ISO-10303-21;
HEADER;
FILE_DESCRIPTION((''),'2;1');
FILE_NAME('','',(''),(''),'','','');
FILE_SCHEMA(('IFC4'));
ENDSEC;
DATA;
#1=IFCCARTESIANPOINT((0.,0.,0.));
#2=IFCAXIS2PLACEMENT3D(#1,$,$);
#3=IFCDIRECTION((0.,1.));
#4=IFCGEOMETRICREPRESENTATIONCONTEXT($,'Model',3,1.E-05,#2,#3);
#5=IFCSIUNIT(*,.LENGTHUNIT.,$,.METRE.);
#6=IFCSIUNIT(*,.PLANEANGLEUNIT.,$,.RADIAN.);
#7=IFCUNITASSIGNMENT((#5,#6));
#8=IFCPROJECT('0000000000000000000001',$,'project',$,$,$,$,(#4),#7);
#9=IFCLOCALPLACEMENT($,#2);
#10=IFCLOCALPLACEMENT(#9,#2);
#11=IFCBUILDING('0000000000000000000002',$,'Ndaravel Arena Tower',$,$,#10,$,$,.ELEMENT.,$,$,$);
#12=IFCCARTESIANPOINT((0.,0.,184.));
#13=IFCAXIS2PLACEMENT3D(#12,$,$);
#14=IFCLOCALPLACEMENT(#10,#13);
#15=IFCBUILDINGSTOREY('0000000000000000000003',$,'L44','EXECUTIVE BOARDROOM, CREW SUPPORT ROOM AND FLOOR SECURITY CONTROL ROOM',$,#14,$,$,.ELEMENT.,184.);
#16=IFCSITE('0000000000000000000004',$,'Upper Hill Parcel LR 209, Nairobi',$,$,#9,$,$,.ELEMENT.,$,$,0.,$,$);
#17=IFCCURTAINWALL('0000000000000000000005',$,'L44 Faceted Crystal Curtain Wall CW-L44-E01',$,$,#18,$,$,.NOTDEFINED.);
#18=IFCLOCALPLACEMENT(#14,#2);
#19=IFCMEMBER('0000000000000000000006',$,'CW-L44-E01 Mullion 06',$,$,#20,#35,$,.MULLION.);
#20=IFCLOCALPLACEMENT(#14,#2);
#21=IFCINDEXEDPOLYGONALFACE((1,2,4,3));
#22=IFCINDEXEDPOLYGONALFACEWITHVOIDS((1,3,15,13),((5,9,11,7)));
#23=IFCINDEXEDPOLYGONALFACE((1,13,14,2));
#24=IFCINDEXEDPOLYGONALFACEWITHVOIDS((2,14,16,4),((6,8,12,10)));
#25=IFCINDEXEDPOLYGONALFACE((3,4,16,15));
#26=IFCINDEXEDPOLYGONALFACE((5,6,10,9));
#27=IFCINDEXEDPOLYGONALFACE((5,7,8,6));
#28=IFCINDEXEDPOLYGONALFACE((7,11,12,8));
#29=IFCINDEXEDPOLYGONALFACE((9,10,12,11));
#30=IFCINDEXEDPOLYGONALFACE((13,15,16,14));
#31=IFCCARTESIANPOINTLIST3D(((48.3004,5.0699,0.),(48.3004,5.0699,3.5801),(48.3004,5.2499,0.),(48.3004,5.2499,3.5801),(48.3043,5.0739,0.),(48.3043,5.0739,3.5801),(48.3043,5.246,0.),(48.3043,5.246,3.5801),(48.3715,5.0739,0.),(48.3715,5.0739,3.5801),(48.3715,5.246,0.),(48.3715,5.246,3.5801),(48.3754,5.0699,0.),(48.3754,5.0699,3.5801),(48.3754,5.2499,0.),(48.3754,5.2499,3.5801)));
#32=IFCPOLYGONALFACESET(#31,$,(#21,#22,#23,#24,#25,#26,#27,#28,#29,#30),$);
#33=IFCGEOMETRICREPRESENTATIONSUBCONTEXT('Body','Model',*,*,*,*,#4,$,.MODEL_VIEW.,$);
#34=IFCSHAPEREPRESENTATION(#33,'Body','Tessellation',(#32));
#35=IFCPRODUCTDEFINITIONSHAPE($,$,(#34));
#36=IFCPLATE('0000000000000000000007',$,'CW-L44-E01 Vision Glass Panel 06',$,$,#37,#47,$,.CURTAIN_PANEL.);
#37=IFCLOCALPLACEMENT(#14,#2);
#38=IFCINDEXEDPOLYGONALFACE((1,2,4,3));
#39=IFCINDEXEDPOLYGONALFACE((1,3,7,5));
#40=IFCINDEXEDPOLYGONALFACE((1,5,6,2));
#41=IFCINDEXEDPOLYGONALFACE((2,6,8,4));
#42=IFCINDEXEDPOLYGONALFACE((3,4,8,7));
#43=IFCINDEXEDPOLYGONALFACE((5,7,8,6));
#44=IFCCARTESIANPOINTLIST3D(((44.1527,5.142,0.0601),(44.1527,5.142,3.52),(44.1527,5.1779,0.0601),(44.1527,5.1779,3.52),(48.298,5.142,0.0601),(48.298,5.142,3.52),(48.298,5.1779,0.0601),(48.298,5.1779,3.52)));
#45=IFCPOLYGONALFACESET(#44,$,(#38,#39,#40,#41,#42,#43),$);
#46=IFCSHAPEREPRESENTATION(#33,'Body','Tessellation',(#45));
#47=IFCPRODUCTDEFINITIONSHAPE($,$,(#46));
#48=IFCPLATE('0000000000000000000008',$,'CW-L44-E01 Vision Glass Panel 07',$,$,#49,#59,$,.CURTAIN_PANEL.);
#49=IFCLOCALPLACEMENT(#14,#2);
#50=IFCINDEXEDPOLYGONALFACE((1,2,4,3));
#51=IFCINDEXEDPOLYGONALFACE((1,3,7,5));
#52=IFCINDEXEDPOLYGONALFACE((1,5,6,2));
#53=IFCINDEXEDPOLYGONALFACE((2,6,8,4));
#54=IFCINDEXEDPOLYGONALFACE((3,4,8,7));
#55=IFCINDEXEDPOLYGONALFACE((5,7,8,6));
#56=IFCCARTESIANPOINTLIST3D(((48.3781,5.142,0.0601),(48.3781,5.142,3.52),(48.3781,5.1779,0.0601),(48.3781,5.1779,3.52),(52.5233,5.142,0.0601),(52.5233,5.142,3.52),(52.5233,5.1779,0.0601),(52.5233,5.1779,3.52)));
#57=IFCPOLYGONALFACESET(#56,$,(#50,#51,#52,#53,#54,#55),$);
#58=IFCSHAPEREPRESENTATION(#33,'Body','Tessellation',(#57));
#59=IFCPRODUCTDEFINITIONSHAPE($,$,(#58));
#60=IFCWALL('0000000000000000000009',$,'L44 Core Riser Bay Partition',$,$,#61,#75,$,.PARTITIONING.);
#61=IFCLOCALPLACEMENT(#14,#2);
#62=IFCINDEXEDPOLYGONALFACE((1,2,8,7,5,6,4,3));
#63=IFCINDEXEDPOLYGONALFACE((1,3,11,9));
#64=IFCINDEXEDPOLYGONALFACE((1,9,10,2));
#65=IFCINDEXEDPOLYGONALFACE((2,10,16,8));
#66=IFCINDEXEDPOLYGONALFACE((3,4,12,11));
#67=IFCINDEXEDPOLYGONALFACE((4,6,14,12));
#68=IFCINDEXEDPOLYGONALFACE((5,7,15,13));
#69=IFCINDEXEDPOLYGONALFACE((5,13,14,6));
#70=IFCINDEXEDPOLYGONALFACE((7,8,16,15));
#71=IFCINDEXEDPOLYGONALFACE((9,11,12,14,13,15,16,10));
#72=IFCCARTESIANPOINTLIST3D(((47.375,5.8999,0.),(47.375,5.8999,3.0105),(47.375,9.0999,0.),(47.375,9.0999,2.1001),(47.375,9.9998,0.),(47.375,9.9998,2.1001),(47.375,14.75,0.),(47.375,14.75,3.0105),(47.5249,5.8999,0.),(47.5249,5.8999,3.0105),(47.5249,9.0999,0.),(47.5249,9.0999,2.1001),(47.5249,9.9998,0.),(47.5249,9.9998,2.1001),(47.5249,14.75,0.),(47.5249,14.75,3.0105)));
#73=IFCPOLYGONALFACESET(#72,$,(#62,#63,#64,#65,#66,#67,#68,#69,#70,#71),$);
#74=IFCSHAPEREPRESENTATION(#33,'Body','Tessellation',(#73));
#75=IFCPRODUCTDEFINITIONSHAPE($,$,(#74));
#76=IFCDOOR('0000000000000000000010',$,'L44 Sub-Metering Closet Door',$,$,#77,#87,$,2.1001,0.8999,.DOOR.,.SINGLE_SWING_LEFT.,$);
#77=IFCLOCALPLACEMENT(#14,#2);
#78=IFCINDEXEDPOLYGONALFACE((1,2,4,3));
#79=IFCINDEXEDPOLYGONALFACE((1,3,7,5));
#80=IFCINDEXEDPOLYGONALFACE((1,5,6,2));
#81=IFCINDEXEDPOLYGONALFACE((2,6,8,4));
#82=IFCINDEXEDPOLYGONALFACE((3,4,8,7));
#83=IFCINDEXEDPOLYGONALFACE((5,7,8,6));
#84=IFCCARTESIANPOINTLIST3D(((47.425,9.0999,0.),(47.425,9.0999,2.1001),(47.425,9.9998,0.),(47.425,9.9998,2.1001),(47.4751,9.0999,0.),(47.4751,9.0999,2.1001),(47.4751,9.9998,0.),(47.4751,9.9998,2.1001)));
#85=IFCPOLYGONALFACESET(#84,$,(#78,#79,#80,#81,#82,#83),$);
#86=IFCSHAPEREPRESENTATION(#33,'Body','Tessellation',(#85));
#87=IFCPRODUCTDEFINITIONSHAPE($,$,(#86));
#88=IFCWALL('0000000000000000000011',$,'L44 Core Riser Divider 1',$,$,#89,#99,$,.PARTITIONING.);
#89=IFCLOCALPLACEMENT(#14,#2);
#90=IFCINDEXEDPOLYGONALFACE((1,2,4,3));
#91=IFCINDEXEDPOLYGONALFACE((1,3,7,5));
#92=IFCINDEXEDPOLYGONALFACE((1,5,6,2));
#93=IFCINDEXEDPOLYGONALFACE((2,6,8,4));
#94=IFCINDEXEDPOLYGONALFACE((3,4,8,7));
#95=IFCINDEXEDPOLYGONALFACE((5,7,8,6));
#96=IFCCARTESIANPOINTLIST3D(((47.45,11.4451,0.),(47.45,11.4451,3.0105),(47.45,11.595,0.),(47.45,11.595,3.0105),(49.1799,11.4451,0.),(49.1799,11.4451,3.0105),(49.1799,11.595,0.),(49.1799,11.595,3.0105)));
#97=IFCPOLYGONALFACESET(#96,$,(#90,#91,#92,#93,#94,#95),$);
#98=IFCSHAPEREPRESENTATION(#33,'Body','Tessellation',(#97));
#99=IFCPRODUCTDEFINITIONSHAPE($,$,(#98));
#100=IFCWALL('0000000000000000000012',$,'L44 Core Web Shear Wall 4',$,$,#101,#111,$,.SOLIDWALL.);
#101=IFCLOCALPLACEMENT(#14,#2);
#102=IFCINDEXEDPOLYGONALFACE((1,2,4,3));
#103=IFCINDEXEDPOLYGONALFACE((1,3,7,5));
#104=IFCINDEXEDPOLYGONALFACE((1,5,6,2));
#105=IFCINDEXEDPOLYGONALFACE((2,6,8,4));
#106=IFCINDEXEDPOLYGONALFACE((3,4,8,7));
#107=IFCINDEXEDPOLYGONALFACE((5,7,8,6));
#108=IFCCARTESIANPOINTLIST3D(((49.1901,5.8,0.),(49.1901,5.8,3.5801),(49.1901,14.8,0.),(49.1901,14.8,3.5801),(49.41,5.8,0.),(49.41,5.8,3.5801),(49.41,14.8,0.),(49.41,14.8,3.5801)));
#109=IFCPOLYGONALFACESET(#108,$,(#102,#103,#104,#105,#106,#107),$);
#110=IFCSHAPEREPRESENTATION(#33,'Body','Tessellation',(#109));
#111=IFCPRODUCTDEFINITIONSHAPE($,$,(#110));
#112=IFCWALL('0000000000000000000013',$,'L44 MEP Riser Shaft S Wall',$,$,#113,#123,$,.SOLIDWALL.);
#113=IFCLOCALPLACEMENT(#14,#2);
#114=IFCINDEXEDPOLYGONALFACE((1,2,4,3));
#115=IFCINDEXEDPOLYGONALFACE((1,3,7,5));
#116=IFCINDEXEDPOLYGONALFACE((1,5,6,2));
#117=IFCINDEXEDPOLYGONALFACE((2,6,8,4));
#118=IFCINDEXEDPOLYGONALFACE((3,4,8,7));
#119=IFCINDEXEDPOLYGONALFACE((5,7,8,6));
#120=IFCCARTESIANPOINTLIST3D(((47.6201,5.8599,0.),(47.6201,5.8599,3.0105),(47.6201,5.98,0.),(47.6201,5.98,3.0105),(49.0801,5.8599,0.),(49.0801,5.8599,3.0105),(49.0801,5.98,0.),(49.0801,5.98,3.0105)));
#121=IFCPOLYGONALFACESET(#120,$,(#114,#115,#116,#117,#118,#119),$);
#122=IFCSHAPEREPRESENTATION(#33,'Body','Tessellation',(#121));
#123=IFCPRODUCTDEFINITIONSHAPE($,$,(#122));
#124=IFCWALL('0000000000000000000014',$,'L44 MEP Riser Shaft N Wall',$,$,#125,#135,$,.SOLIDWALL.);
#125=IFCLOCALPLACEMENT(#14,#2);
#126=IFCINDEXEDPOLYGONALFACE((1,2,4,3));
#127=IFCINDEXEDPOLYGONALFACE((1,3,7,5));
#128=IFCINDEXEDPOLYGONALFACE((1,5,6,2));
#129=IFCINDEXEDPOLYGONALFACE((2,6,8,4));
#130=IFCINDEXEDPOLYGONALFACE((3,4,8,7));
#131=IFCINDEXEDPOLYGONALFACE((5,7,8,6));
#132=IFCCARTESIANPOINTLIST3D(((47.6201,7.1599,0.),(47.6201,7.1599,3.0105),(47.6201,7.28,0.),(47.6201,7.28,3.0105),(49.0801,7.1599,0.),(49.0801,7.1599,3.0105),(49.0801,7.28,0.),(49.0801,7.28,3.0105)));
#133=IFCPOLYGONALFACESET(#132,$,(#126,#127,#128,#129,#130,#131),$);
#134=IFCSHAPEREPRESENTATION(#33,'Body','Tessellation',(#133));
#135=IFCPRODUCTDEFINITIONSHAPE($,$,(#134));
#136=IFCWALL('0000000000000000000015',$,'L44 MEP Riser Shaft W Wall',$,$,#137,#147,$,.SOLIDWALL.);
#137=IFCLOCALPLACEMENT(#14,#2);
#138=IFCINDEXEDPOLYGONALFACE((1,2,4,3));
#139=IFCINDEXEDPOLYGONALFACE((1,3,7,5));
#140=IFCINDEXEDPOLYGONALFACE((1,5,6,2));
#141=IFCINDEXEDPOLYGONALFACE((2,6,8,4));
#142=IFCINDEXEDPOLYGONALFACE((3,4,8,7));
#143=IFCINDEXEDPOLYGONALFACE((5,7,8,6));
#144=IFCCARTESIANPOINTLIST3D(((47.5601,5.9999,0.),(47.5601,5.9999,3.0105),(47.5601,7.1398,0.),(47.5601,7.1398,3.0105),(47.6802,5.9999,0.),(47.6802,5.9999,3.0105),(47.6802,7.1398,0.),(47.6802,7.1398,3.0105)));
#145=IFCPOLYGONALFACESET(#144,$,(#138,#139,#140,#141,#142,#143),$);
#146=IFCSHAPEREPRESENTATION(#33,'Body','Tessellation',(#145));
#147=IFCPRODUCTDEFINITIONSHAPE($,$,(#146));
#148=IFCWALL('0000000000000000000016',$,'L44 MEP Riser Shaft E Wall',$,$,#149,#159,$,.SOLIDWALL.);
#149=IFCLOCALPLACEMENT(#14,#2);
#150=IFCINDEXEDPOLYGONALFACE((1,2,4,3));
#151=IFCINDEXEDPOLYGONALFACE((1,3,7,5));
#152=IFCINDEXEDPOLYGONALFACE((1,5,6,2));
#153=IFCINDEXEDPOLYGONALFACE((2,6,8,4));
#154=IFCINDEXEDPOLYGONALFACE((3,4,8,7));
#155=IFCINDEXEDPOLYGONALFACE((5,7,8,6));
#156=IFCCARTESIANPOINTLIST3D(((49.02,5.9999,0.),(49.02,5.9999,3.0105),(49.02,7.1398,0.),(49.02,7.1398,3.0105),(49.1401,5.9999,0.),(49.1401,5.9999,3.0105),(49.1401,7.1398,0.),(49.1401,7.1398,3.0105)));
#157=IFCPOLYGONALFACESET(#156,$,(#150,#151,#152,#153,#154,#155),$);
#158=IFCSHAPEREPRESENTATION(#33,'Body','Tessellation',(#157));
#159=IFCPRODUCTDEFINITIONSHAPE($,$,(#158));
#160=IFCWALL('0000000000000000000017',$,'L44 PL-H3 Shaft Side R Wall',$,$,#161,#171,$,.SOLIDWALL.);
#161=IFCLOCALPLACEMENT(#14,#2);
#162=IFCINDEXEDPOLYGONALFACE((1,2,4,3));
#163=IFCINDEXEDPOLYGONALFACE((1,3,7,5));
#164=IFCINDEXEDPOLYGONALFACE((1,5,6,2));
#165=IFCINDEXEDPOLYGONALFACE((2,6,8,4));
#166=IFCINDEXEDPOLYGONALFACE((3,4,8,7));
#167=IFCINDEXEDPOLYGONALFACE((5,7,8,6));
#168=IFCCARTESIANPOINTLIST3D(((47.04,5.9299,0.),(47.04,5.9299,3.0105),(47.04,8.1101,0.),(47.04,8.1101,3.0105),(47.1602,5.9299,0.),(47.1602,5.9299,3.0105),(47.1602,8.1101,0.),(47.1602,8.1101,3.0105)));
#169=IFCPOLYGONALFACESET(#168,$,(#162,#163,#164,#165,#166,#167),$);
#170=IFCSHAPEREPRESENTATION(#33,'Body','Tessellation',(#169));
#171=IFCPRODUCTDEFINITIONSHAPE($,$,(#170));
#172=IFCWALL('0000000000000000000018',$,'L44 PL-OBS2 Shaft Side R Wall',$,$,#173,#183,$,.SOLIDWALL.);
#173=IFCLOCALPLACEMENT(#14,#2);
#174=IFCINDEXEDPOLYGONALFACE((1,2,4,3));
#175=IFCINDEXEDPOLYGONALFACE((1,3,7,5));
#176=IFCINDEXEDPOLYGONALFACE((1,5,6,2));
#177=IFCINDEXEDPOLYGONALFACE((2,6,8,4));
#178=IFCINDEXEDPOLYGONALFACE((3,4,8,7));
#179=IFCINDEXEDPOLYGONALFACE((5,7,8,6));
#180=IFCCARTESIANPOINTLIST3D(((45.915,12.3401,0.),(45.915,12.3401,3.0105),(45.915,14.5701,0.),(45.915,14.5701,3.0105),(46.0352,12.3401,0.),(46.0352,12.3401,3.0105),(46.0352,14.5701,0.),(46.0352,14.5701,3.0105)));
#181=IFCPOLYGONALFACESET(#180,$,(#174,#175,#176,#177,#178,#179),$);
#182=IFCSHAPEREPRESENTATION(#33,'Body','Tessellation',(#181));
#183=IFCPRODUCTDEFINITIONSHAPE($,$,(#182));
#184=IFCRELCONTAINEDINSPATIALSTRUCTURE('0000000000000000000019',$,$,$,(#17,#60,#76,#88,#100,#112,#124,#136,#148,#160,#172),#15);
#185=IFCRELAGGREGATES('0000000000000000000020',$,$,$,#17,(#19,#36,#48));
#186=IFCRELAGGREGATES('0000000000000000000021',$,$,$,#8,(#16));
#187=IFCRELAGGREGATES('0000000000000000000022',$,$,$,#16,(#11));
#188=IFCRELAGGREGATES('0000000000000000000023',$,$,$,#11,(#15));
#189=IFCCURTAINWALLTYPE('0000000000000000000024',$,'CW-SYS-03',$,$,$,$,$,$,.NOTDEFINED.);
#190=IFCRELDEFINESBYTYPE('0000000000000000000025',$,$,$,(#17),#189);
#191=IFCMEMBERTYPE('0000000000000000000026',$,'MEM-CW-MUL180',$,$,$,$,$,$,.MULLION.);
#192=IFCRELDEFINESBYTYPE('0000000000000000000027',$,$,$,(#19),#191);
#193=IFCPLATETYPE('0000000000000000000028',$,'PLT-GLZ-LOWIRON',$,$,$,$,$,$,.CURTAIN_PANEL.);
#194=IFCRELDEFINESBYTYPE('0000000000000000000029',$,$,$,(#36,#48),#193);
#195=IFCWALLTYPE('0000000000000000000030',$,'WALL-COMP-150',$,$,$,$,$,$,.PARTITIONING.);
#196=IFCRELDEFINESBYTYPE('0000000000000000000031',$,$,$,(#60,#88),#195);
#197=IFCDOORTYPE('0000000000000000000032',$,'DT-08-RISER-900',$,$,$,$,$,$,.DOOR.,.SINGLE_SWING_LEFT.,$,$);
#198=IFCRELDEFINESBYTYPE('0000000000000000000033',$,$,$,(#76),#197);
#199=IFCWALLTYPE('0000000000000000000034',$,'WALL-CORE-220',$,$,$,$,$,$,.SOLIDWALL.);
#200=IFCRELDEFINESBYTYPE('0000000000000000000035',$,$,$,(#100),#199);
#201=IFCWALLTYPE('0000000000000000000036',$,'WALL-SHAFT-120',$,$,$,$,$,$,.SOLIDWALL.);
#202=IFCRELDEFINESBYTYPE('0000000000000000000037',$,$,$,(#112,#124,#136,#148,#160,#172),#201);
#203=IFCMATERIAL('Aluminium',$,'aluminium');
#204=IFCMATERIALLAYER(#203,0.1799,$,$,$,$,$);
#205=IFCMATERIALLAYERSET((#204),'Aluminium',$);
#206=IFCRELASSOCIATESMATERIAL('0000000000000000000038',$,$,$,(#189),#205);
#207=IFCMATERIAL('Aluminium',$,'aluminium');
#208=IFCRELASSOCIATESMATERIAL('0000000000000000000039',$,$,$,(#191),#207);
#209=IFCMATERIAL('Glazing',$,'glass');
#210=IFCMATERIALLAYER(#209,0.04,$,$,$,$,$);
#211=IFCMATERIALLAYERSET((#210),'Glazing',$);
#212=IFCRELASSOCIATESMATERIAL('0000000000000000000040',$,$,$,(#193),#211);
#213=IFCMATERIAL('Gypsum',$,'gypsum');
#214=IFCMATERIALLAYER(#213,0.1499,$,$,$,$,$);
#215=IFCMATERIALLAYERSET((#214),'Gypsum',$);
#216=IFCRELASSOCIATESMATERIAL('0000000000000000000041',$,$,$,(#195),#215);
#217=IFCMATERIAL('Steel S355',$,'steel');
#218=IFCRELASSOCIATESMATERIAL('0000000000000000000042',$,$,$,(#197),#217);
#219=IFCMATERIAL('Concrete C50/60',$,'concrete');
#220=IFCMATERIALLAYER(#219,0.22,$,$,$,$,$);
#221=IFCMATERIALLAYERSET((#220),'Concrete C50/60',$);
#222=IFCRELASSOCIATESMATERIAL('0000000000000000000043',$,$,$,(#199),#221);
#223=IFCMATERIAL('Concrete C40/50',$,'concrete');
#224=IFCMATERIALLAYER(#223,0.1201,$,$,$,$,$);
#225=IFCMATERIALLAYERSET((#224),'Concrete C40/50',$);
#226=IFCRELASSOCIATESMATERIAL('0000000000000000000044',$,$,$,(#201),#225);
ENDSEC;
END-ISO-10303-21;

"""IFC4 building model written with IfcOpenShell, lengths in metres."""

from ifc_helpers import new_model, si_unit, direction, frame, frame_2d, origin, origin_2d, place, context, subcontext, project, spatial, rectangle, hollow_rectangle, extrude, material, layer, layer_set, material_profile, profile_set, type_object, element, fill, aggregate, save


model = new_model("IFC4")

# Units and contexts
model_context = context("Model", 3, precision=1e-05, world=origin(), true_north=direction((0.0, 1.0)))
body_context = subcontext(model_context, "Body", "Model", "MODEL_VIEW")
ifc_project = project(units=[si_unit("LENGTHUNIT", "METRE"), si_unit("PLANEANGLEUNIT", "RADIAN")], contexts=[model_context])

# Site, building, storey
site_placement = place(None, origin())
site = spatial("IfcSite", under=ifc_project, at=site_placement, Name="Upper Hill Parcel LR 209, Nairobi", CompositionType="ELEMENT", RefElevation=0.0)
building_placement = place(site_placement, origin())
building = spatial("IfcBuilding", under=site, at=building_placement, Name="Ndaravel Arena Tower", CompositionType="ELEMENT")
storey_placement = place(building_placement, frame((0.0, 0.0, 184.0)))
storey = spatial("IfcBuildingStorey", under=building, at=storey_placement, Name="L44", Description="EXECUTIVE BOARDROOM, CREW SUPPORT ROOM AND FLOOR SECURITY CONTROL ROOM", CompositionType="ELEMENT", Elevation=184.0)

# Curtain wall, member, plates
ifc_material_1 = material(Name="Aluminium", Category="aluminium")
ifc_layer_1 = layer(ifc_material_1, 0.1799)
ifc_layer_set_1 = layer_set([ifc_layer_1], Name="Aluminium")
curtain_wall_type = type_object("IfcCurtainWallType", Name="CW-SYS-03", PredefinedType="NOTDEFINED", material=ifc_layer_set_1)
curtain_wall_placement = place(storey_placement, origin())
curtain_wall = element("IfcCurtainWall", 1, at=curtain_wall_placement, inside=storey, type_object=curtain_wall_type, Name="L44 Faceted Crystal Curtain Wall CW-L44-E01", PredefinedType="NOTDEFINED")
ifc_material_2 = material(Name="Aluminium", Category="aluminium")
ifc_material_profile = material_profile(ifc_material_2, hollow_rectangle(XDim=0.075, YDim=0.1799, WallThickness=0.0039, at=origin_2d()), Name="CW MULLION 75x180x4")
ifc_profile_set = profile_set([ifc_material_profile], Name="Aluminium")
member_type = type_object("IfcMemberType", Name="MEM-CW-MUL180", PredefinedType="MULLION", material=ifc_profile_set)
member_placement = place(storey_placement, frame((48.3379, 5.1599, 0.0), z_axis=(0.0, 0.0, 1.0), x_axis=(1.0, 0.0, 0.0)))
member = element("IfcMember", 2, at=member_placement, type_object=member_type, Name="CW-L44-E01 Mullion 06", PredefinedType="MULLION", context=body_context, shape_type="SweptSolid", body=[
    extrude(hollow_rectangle(XDim=0.075, YDim=0.1799, WallThickness=0.0039, at=origin_2d()), origin(), (0.0, 0.0, 1.0), 3.5801),
])
ifc_material_3 = material(Name="Glazing", Category="glass")
ifc_layer_2 = layer(ifc_material_3, 0.04)
ifc_layer_set_2 = layer_set([ifc_layer_2], Name="Glazing")
plate_type = type_object("IfcPlateType", Name="PLT-GLZ-LOWIRON", PredefinedType="CURTAIN_PANEL", material=ifc_layer_set_2)
plate_1_placement = place(storey_placement, frame((46.2253, 5.1599, 0.0601), z_axis=(0.0, 0.0, 1.0), x_axis=(1.0, 0.0, 0.0)))
plate_1 = element("IfcPlate", 3, at=plate_1_placement, type_object=plate_type, Name="CW-L44-E01 Vision Glass Panel 06", PredefinedType="CURTAIN_PANEL", context=body_context, shape_type="SweptSolid", body=[
    extrude(rectangle(XDim=4.1453, YDim=0.0359, at=origin_2d()), origin(), (0.0, 0.0, 1.0), 3.46),
])
plate_2_placement = place(storey_placement, frame((50.4507, 5.1599, 0.0601), z_axis=(0.0, 0.0, 1.0), x_axis=(1.0, 0.0, 0.0)))
plate_2 = element("IfcPlate", 4, at=plate_2_placement, type_object=plate_type, Name="CW-L44-E01 Vision Glass Panel 07", PredefinedType="CURTAIN_PANEL", context=body_context, shape_type="SweptSolid", body=[
    extrude(rectangle(XDim=4.1453, YDim=0.0359, at=origin_2d()), origin(), (0.0, 0.0, 1.0), 3.46),
])
aggregate(curtain_wall, [member, plate_1, plate_2])

# Wall, opening, door
ifc_material_4 = material(Name="Gypsum", Category="gypsum")
ifc_layer_3 = layer(ifc_material_4, 0.1499)
ifc_layer_set_3 = layer_set([ifc_layer_3], Name="Gypsum")
wall_type_1 = type_object("IfcWallType", Name="WALL-COMP-150", PredefinedType="PARTITIONING", material=ifc_layer_set_3)
wall_1_placement = place(storey_placement, frame((47.45, 5.8999, 0.0), z_axis=(0.0, 0.0, 1.0), x_axis=(0.0, 1.0, 0.0)))
wall_1 = element("IfcWall", 5, at=wall_1_placement, inside=storey, type_object=wall_type_1, Name="L44 Core Riser Bay Partition", PredefinedType="PARTITIONING", context=body_context, shape_type="SweptSolid", body=[
    extrude(rectangle(XDim=8.8501, YDim=0.1499, at=frame_2d((4.425, 0.0))), origin(), (0.0, 0.0, 1.0), 3.0105),
])
opening_1_placement = place(wall_1_placement, frame((3.2, 0.0, 0.0)))
opening_1 = element("IfcOpeningElement", 6, at=opening_1_placement, cuts=wall_1, PredefinedType="OPENING", context=body_context, shape_type="SweptSolid", body=[
    extrude(rectangle(XDim=0.8999, YDim=2.1001, at=frame_2d((0.45, 1.05))), frame((0.0, 0.075, 0.0), z_axis=(0.0, -1.0, 0.0), x_axis=(1.0, 0.0, 0.0)), (0.0, 0.0, 1.0), 0.1499),
])
ifc_material_5 = material(Name="Steel S355", Category="steel")
door_type_1 = type_object("IfcDoorType", Name="DT-08-RISER-900", OperationType="SINGLE_SWING_LEFT", PredefinedType="DOOR", material=ifc_material_5)
door_1_placement = place(opening_1_placement, origin())
door_1 = element("IfcDoor", 7, at=door_1_placement, inside=storey, type_object=door_type_1, Name="L44 Sub-Metering Closet Door", OperationType="SINGLE_SWING_LEFT", OverallHeight=2.1001, OverallWidth=0.8999, PredefinedType="DOOR", context=body_context, shape_type="SweptSolid", body=[
    extrude(rectangle(XDim=0.8999, YDim=2.1001, at=frame_2d((0.45, 1.05))), frame((0.0, 0.0249, 0.0), z_axis=(0.0, -1.0, 0.0), x_axis=(1.0, 0.0, 0.0)), (0.0, 0.0, 1.0), 0.05),
])
fill(opening_1, door_1)

# Walls
wall_2_placement = place(storey_placement, frame((47.45, 11.52, 0.0), z_axis=(0.0, 0.0, 1.0), x_axis=(1.0, 0.0, 0.0)))
element("IfcWall", 8, at=wall_2_placement, inside=storey, type_object=wall_type_1, Name="L44 Core Riser Divider 1", PredefinedType="PARTITIONING", context=body_context, shape_type="SweptSolid", body=[
    extrude(rectangle(XDim=1.73, YDim=0.1499, at=frame_2d((0.865, 0.0))), origin(), (0.0, 0.0, 1.0), 3.0105),
])
ifc_material_6 = material(Name="Concrete C50/60", Category="concrete")
ifc_layer_4 = layer(ifc_material_6, 0.22)
ifc_layer_set_4 = layer_set([ifc_layer_4], Name="Concrete C50/60")
wall_type_2 = type_object("IfcWallType", Name="WALL-CORE-220", PredefinedType="SOLIDWALL", material=ifc_layer_set_4)
wall_3_placement = place(storey_placement, frame((49.3, 5.8, 0.0), z_axis=(0.0, 0.0, 1.0), x_axis=(0.0, 1.0, 0.0)))
element("IfcWall", 9, at=wall_3_placement, inside=storey, type_object=wall_type_2, Name="L44 Core Web Shear Wall 4", PredefinedType="SOLIDWALL", context=body_context, shape_type="SweptSolid", body=[
    extrude(rectangle(XDim=9.0, YDim=0.22, at=frame_2d((4.5, 0.0))), origin(), (0.0, 0.0, 1.0), 3.5801),
])
ifc_material_7 = material(Name="Concrete C40/50", Category="concrete")
ifc_layer_5 = layer(ifc_material_7, 0.1201)
ifc_layer_set_5 = layer_set([ifc_layer_5], Name="Concrete C40/50")
wall_type_3 = type_object("IfcWallType", Name="WALL-SHAFT-120", PredefinedType="SOLIDWALL", material=ifc_layer_set_5)
for number, where, z_axis, x_axis, name in (
    (10, (47.6201, 5.9199, 0.0), (0.0, 0.0, 1.0), (1.0, 0.0, 0.0), "L44 MEP Riser Shaft S Wall"),
    (11, (47.6201, 7.22, 0.0), (0.0, 0.0, 1.0), (1.0, 0.0, 0.0), "L44 MEP Riser Shaft N Wall"),
):
    element("IfcWall", number, at=place(storey_placement, frame(where, z_axis=z_axis, x_axis=x_axis)), inside=storey, type_object=wall_type_3, Name=name, PredefinedType="SOLIDWALL", context=body_context, shape_type="SweptSolid", body=[
        extrude(rectangle(XDim=1.46, YDim=0.1201, at=frame_2d((0.73, 0.0))), origin(), (0.0, 0.0, 1.0), 3.0105),
    ])
for number, where, z_axis, x_axis, name in (
    (12, (47.6201, 6.0, 0.0), (0.0, 0.0, 1.0), (0.0, 1.0, 0.0), "L44 MEP Riser Shaft W Wall"),
    (13, (49.0801, 6.0, 0.0), (0.0, 0.0, 1.0), (0.0, 1.0, 0.0), "L44 MEP Riser Shaft E Wall"),
):
    element("IfcWall", number, at=place(storey_placement, frame(where, z_axis=z_axis, x_axis=x_axis)), inside=storey, type_object=wall_type_3, Name=name, PredefinedType="SOLIDWALL", context=body_context, shape_type="SweptSolid", body=[
        extrude(rectangle(XDim=1.1399, YDim=0.1201, at=frame_2d((0.5698, 0.0))), origin(), (0.0, 0.0, 1.0), 3.0105),
    ])
wall_4_placement = place(storey_placement, frame((47.1001, 5.9299, 0.0), z_axis=(0.0, 0.0, 1.0), x_axis=(0.0, 1.0, 0.0)))
element("IfcWall", 14, at=wall_4_placement, inside=storey, type_object=wall_type_3, Name="L44 PL-H3 Shaft Side R Wall", PredefinedType="SOLIDWALL", context=body_context, shape_type="SweptSolid", body=[
    extrude(rectangle(XDim=2.1802, YDim=0.1201, at=frame_2d((1.0901, 0.0))), origin(), (0.0, 0.0, 1.0), 3.0105),
])
wall_5_placement = place(storey_placement, frame((45.9751, 12.3401, 0.0), z_axis=(0.0, 0.0, 1.0), x_axis=(0.0, 1.0, 0.0)))
element("IfcWall", 15, at=wall_5_placement, inside=storey, type_object=wall_type_3, Name="L44 PL-OBS2 Shaft Side R Wall", PredefinedType="SOLIDWALL", context=body_context, shape_type="SweptSolid", body=[
    extrude(rectangle(XDim=2.23, YDim=0.1201, at=frame_2d((1.115, 0.0))), origin(), (0.0, 0.0, 1.0), 3.0105),
])

save(model, "model.ifc")
